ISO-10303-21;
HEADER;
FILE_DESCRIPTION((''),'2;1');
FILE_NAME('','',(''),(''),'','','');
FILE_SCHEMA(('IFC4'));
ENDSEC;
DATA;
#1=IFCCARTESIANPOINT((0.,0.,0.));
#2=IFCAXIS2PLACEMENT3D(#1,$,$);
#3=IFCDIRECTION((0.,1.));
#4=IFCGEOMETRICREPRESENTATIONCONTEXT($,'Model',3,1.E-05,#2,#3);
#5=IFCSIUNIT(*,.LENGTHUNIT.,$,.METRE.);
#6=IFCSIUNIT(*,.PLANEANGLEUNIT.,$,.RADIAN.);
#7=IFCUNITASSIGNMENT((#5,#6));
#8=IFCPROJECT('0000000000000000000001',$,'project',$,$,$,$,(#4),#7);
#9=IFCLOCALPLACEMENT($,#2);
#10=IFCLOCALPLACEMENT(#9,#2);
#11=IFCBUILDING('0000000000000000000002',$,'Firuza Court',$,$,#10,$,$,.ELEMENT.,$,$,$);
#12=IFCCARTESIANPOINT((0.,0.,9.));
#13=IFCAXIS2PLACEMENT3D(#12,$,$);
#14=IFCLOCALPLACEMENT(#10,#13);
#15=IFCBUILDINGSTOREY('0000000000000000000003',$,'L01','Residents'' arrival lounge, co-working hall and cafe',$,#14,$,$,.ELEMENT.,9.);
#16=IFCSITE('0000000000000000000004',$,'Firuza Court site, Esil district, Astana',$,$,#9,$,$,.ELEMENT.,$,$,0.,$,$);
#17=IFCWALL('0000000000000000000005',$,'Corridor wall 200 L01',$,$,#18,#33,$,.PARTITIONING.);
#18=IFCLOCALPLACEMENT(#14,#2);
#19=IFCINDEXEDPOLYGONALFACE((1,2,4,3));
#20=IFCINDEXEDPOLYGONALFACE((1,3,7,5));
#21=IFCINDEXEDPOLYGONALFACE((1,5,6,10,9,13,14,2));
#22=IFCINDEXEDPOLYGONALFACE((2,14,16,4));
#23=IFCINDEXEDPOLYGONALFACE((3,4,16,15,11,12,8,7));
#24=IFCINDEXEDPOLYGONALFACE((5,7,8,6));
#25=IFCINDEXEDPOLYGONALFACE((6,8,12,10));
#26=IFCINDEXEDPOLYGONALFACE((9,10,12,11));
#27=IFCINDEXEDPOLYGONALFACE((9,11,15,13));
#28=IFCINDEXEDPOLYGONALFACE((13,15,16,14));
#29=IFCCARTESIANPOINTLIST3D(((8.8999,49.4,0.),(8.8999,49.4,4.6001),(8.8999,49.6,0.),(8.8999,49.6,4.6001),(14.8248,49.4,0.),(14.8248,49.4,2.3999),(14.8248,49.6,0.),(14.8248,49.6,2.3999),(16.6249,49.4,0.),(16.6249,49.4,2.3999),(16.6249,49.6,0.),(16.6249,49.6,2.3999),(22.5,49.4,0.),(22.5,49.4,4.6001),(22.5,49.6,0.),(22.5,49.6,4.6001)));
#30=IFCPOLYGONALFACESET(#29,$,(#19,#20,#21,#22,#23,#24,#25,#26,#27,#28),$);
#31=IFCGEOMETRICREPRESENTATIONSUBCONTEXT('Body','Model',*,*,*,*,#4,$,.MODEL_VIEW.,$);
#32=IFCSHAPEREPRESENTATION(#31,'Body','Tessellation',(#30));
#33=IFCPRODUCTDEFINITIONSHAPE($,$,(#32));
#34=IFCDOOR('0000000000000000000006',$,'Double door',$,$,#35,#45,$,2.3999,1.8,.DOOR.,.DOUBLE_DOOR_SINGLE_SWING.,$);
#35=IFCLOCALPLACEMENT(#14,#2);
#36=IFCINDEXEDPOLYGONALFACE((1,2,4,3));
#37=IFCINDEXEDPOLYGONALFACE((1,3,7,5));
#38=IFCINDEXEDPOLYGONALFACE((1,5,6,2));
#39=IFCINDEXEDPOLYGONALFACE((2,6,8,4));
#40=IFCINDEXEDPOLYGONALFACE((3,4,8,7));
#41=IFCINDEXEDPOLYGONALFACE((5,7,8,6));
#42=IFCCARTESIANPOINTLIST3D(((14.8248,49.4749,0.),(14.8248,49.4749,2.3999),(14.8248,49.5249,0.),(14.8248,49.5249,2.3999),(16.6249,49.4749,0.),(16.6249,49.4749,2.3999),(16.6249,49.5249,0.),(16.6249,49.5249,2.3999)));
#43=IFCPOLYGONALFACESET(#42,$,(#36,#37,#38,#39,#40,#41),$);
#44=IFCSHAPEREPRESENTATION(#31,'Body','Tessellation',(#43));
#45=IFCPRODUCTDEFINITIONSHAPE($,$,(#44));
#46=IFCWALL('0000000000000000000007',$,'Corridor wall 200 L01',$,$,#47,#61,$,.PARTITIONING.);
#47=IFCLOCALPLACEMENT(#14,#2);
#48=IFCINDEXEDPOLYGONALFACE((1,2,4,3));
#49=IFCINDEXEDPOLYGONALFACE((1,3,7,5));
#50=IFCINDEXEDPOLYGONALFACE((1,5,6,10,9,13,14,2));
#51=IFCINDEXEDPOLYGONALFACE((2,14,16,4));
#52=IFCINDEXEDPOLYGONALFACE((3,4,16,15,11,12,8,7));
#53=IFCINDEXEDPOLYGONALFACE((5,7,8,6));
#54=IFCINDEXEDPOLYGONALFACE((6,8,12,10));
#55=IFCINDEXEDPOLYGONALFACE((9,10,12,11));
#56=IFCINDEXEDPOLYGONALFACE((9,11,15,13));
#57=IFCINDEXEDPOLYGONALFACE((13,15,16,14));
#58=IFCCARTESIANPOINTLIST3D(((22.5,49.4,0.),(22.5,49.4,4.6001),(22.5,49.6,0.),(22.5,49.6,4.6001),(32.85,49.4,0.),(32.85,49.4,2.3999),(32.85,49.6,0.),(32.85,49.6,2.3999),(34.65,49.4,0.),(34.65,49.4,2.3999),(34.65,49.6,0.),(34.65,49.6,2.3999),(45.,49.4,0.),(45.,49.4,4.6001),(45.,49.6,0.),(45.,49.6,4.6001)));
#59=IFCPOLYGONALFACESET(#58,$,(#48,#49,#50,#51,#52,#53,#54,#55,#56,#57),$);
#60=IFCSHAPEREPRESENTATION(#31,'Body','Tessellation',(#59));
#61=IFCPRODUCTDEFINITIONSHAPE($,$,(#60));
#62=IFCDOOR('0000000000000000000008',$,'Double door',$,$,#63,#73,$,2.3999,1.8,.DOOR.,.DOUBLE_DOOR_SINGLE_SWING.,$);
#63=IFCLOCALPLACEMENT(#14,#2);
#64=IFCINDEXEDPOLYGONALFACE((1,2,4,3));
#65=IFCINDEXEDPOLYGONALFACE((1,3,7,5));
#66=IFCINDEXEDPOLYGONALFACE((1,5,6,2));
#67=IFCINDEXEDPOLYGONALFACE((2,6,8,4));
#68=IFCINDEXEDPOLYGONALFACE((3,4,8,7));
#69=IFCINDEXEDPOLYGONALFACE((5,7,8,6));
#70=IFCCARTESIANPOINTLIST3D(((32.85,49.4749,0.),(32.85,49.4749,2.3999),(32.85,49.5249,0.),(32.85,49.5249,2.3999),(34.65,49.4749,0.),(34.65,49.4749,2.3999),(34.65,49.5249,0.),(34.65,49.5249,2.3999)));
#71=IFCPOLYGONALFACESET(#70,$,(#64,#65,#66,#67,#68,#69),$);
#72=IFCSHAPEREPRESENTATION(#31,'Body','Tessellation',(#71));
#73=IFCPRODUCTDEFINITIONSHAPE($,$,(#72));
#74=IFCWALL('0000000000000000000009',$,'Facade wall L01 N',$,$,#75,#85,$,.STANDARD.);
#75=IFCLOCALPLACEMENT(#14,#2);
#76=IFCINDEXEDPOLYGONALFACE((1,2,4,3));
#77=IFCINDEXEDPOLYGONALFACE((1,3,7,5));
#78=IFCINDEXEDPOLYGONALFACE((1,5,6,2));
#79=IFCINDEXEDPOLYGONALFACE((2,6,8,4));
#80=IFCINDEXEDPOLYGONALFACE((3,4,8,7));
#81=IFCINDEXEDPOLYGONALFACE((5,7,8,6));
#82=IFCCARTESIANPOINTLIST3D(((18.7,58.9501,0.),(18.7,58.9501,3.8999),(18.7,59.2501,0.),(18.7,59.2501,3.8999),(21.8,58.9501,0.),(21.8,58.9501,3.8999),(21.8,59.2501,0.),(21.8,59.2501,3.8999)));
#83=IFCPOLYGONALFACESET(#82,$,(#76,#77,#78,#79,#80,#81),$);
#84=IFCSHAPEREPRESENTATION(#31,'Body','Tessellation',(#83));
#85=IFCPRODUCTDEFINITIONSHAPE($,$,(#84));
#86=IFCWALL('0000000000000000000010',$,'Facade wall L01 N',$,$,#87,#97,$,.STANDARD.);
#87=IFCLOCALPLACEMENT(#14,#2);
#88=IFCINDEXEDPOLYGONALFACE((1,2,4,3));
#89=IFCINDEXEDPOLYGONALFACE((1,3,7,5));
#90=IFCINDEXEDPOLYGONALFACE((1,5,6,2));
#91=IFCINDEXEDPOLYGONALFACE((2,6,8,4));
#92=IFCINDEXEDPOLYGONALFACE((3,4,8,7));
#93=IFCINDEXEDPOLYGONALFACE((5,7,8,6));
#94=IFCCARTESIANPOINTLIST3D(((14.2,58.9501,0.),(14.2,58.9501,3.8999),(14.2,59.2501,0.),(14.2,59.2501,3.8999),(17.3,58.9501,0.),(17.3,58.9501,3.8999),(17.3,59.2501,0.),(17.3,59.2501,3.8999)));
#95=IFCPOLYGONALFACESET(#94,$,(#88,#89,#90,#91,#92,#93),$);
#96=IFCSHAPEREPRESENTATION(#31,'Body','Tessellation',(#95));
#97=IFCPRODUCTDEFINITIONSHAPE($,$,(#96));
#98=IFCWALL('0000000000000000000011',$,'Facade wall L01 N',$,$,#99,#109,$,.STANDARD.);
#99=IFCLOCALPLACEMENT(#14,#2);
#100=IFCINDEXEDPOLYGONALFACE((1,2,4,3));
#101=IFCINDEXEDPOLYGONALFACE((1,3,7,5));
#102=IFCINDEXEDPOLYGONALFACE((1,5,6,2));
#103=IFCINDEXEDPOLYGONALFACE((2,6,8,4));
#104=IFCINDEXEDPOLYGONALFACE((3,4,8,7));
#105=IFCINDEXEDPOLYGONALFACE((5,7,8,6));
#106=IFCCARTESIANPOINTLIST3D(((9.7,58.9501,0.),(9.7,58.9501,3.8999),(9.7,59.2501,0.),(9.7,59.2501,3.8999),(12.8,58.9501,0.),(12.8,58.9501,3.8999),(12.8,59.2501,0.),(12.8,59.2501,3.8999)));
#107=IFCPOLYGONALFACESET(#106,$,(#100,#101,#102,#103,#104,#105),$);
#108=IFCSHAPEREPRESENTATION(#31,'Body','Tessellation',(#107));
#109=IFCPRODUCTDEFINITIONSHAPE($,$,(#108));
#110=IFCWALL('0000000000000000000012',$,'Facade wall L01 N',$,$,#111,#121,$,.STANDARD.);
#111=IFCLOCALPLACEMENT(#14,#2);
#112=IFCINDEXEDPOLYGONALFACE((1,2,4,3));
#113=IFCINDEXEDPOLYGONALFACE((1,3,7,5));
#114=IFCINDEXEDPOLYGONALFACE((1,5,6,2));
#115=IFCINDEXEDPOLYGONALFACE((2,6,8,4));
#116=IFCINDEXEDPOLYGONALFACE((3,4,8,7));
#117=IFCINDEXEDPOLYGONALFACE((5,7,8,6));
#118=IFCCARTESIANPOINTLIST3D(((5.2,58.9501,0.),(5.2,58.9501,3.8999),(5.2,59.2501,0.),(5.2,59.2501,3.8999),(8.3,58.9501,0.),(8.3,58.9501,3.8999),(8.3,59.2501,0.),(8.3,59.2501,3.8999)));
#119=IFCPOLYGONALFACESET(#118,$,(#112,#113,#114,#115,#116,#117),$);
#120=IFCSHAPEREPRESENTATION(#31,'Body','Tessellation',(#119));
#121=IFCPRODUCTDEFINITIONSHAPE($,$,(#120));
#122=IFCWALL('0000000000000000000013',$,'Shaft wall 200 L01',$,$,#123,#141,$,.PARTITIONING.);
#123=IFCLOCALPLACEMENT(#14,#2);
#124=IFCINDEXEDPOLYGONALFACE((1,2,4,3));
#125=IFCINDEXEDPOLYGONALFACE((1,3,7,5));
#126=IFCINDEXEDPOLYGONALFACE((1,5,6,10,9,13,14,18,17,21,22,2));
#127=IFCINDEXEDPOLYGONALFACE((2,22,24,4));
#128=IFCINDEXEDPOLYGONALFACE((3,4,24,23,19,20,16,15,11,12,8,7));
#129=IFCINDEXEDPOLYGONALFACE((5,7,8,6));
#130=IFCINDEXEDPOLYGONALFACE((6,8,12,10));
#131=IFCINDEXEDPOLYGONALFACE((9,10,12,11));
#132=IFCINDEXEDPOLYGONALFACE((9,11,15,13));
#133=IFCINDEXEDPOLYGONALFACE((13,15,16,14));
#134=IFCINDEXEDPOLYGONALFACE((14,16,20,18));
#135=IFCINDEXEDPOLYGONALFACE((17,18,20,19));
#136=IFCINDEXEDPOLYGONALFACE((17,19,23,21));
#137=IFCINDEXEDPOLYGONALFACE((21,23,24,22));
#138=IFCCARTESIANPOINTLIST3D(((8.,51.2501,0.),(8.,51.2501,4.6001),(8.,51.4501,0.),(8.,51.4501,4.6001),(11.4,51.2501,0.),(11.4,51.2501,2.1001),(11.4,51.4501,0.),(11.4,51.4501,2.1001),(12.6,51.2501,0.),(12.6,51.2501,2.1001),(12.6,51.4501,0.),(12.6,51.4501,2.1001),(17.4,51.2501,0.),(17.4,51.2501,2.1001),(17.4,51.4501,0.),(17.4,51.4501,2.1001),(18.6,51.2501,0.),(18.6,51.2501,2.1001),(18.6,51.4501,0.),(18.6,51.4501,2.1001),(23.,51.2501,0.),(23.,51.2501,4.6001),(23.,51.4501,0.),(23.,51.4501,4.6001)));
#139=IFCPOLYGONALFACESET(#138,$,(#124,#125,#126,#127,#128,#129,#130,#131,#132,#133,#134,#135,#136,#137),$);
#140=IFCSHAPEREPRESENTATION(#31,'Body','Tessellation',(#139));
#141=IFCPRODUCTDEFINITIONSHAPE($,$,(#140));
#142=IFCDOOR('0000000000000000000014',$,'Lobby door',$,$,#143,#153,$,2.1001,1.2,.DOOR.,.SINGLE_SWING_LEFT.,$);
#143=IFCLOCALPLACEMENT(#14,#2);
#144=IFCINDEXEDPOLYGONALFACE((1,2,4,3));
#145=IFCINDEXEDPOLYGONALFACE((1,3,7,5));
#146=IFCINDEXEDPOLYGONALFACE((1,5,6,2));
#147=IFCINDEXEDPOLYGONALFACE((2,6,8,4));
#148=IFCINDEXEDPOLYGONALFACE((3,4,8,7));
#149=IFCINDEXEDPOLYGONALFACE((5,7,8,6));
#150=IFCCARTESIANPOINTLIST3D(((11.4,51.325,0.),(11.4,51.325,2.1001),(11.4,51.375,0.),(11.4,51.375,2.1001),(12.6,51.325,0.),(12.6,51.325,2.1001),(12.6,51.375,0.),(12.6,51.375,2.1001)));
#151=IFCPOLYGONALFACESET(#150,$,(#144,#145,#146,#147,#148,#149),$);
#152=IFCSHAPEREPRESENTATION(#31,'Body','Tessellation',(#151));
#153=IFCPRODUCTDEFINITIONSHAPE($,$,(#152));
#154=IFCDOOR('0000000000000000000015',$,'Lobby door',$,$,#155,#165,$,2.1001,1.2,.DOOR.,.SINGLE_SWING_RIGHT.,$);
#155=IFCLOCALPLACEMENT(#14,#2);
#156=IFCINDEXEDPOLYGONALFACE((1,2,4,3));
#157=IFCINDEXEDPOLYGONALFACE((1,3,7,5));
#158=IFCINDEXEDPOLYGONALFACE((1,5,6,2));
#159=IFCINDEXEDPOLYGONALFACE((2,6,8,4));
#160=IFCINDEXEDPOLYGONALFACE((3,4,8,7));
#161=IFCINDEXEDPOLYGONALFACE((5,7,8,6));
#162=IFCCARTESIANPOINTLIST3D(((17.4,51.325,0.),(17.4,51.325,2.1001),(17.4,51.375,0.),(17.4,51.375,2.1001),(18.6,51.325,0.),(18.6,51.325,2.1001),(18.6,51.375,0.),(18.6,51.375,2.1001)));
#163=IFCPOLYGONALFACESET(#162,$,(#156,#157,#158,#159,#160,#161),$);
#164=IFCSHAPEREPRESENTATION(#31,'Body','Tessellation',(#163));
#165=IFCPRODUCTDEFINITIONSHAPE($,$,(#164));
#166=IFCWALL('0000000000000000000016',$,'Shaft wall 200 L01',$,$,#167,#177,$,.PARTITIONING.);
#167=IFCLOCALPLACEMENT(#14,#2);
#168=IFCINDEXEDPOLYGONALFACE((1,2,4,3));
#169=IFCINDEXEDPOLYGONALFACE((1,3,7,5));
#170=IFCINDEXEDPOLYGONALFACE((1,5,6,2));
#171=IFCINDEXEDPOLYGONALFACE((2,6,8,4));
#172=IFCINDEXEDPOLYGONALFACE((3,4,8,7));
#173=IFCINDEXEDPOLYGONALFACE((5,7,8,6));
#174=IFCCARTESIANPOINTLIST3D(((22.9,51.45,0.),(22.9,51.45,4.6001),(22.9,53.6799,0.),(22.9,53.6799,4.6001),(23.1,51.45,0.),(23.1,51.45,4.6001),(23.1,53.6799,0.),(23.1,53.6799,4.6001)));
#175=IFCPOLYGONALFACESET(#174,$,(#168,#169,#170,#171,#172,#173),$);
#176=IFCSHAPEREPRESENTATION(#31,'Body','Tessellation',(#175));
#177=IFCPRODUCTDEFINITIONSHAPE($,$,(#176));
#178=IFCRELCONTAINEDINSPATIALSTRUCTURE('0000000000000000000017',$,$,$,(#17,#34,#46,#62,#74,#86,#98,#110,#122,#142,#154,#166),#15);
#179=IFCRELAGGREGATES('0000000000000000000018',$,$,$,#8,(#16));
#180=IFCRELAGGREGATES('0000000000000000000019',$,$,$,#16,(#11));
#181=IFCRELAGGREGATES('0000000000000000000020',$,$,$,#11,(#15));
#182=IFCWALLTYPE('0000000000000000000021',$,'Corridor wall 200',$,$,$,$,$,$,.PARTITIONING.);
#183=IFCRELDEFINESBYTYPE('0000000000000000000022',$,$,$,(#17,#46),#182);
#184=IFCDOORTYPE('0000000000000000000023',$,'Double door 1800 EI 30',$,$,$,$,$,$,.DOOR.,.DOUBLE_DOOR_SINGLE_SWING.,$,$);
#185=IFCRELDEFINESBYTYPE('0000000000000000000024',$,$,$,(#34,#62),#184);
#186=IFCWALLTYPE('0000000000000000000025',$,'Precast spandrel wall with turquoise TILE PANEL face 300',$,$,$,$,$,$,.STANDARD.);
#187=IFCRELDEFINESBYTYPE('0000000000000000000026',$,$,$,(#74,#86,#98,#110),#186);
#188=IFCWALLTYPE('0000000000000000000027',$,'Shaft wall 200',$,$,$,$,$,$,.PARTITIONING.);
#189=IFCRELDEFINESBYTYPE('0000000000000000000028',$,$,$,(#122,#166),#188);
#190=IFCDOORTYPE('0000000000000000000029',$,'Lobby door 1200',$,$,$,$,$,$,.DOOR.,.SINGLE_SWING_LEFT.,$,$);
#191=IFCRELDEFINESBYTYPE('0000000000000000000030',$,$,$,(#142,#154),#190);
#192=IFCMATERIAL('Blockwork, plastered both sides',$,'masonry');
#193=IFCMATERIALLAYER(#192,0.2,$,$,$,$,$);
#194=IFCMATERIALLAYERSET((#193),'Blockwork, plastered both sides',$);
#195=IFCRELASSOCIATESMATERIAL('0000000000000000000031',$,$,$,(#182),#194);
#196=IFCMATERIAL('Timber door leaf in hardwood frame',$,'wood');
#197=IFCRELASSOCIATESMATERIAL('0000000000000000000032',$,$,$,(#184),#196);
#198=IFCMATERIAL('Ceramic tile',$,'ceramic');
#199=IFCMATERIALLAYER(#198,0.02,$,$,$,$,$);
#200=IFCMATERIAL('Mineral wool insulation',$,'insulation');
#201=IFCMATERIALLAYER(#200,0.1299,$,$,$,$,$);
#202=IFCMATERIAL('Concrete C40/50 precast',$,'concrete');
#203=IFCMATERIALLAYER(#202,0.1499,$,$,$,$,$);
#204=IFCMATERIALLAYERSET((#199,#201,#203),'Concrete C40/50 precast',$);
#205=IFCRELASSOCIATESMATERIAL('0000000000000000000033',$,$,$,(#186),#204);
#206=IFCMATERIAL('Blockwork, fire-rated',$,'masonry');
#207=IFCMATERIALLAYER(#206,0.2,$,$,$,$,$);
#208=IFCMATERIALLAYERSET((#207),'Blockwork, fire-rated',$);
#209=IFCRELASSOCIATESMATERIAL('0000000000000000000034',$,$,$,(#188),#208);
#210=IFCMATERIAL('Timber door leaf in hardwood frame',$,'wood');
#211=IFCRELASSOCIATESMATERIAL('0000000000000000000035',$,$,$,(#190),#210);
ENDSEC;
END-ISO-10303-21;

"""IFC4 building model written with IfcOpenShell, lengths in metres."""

from ifc_helpers import new_model, si_unit, direction, frame, frame_2d, origin, place, context, subcontext, project, spatial, rectangle, extrude, material, layer, layer_set, type_object, element, fill, save


model = new_model("IFC4")

# Units and contexts
model_context = context("Model", 3, precision=1e-05, world=origin(), true_north=direction((0.0, 1.0)))
body_context = subcontext(model_context, "Body", "Model", "MODEL_VIEW")
ifc_project = project(units=[si_unit("LENGTHUNIT", "METRE"), si_unit("PLANEANGLEUNIT", "RADIAN")], contexts=[model_context])

# Site, building, storey
site_placement = place(None, origin())
site = spatial("IfcSite", under=ifc_project, at=site_placement, Name="Firuza Court site, Esil district, Astana", CompositionType="ELEMENT", RefElevation=0.0)
building_placement = place(site_placement, origin())
building = spatial("IfcBuilding", under=site, at=building_placement, Name="Firuza Court", CompositionType="ELEMENT")
storey_placement = place(building_placement, frame((0.0, 0.0, 9.0)))
storey = spatial("IfcBuildingStorey", under=building, at=storey_placement, Name="L01", Description="Residents' arrival lounge, co-working hall and cafe", CompositionType="ELEMENT", Elevation=9.0)

# Walls, openings, doors
ifc_material_1 = material(Name="Blockwork, plastered both sides", Category="masonry")
ifc_layer_1 = layer(ifc_material_1, 0.2)
ifc_layer_set_1 = layer_set([ifc_layer_1], Name="Blockwork, plastered both sides")
wall_type_1 = type_object("IfcWallType", Name="Corridor wall 200", PredefinedType="PARTITIONING", material=ifc_layer_set_1)
wall_1_placement = place(storey_placement, frame((8.8999, 49.5, 0.0), z_axis=(0.0, 0.0, 1.0), x_axis=(1.0, 0.0, 0.0)))
wall_1 = element("IfcWall", 1, at=wall_1_placement, inside=storey, type_object=wall_type_1, Name="Corridor wall 200 L01", PredefinedType="PARTITIONING", context=body_context, shape_type="SweptSolid", body=[
    extrude(rectangle(XDim=13.6001, YDim=0.2, at=frame_2d((6.8, 0.0))), origin(), (0.0, 0.0, 1.0), 4.6001),
])
opening_1_placement = place(wall_1_placement, frame((5.925, 0.0, 0.0)))
opening_1 = element("IfcOpeningElement", 2, at=opening_1_placement, cuts=wall_1, PredefinedType="OPENING", context=body_context, shape_type="SweptSolid", body=[
    extrude(rectangle(XDim=1.8, YDim=2.3999, at=frame_2d((0.8999, 1.2))), frame((0.0, 0.1118, 0.0), z_axis=(0.0, -1.0, 0.0), x_axis=(1.0, 0.0, 0.0)), (0.0, 0.0, 1.0), 0.2239),
])
ifc_material_2 = material(Name="Timber door leaf in hardwood frame", Category="wood")
door_type_1 = type_object("IfcDoorType", Name="Double door 1800 EI 30", OperationType="DOUBLE_DOOR_SINGLE_SWING", PredefinedType="DOOR", material=ifc_material_2)
door_1_placement = place(opening_1_placement, origin())
door_1 = element("IfcDoor", 3, at=door_1_placement, inside=storey, type_object=door_type_1, Name="Double door", OperationType="DOUBLE_DOOR_SINGLE_SWING", OverallHeight=2.3999, OverallWidth=1.8, PredefinedType="DOOR", context=body_context, shape_type="SweptSolid", body=[
    extrude(rectangle(XDim=1.8, YDim=2.3999, at=frame_2d((0.8999, 1.2))), frame((0.0, 0.0249, 0.0), z_axis=(0.0, -1.0, 0.0), x_axis=(1.0, 0.0, 0.0)), (0.0, 0.0, 1.0), 0.05),
])
fill(opening_1, door_1)
wall_2_placement = place(storey_placement, frame((22.5, 49.5, 0.0), z_axis=(0.0, 0.0, 1.0), x_axis=(1.0, 0.0, 0.0)))
wall_2 = element("IfcWall", 4, at=wall_2_placement, inside=storey, type_object=wall_type_1, Name="Corridor wall 200 L01", PredefinedType="PARTITIONING", context=body_context, shape_type="SweptSolid", body=[
    extrude(rectangle(XDim=22.5, YDim=0.2, at=frame_2d((11.25, 0.0))), origin(), (0.0, 0.0, 1.0), 4.6001),
])
opening_2_placement = place(wall_2_placement, frame((10.3501, 0.0, 0.0)))
opening_2 = element("IfcOpeningElement", 5, at=opening_2_placement, cuts=wall_2, PredefinedType="OPENING", context=body_context, shape_type="SweptSolid", body=[
    extrude(rectangle(XDim=1.8, YDim=2.3999, at=frame_2d((0.8999, 1.2))), frame((0.0, 0.1118, 0.0), z_axis=(0.0, -1.0, 0.0), x_axis=(1.0, 0.0, 0.0)), (0.0, 0.0, 1.0), 0.2239),
])
door_2_placement = place(opening_2_placement, origin())
door_2 = element("IfcDoor", 6, at=door_2_placement, inside=storey, type_object=door_type_1, Name="Double door", OperationType="DOUBLE_DOOR_SINGLE_SWING", OverallHeight=2.3999, OverallWidth=1.8, PredefinedType="DOOR", context=body_context, shape_type="SweptSolid", body=[
    extrude(rectangle(XDim=1.8, YDim=2.3999, at=frame_2d((0.8999, 1.2))), frame((0.0, 0.0249, 0.0), z_axis=(0.0, -1.0, 0.0), x_axis=(1.0, 0.0, 0.0)), (0.0, 0.0, 1.0), 0.05),
])
fill(opening_2, door_2)

# Walls
ifc_material_3 = material(Name="Ceramic tile", Category="ceramic")
ifc_layer_2 = layer(ifc_material_3, 0.02)
ifc_material_4 = material(Name="Mineral wool insulation", Category="insulation")
ifc_layer_3 = layer(ifc_material_4, 0.1299)
ifc_material_5 = material(Name="Concrete C40/50 precast", Category="concrete")
ifc_layer_4 = layer(ifc_material_5, 0.1499)
ifc_layer_set_2 = layer_set([ifc_layer_2, ifc_layer_3, ifc_layer_4], Name="Concrete C40/50 precast")
wall_type_2 = type_object("IfcWallType", Name="Precast spandrel wall with turquoise TILE PANEL face 300", PredefinedType="STANDARD", material=ifc_layer_set_2)
for number, where, z_axis, x_axis, name in (
    (7, (21.8, 59.1001, 0.0), (0.0, 0.0, 1.0), (-1.0, 0.0, 0.0), "Facade wall L01 N"),
    (8, (17.3, 59.1001, 0.0), (0.0, 0.0, 1.0), (-1.0, 0.0, 0.0), "Facade wall L01 N"),
    (9, (12.8, 59.1001, 0.0), (0.0, 0.0, 1.0), (-1.0, 0.0, 0.0), "Facade wall L01 N"),
    (10, (8.3, 59.1001, 0.0), (0.0, 0.0, 1.0), (-1.0, 0.0, 0.0), "Facade wall L01 N"),
):
    element("IfcWall", number, at=place(storey_placement, frame(where, z_axis=z_axis, x_axis=x_axis)), inside=storey, type_object=wall_type_2, Name=name, PredefinedType="STANDARD", context=body_context, shape_type="SweptSolid", body=[
        extrude(rectangle(XDim=3.1001, YDim=0.3, at=frame_2d((1.55, 0.0))), origin(), (0.0, 0.0, 1.0), 3.8999),
    ])

# Wall, openings, doors
ifc_material_6 = material(Name="Blockwork, fire-rated", Category="masonry")
ifc_layer_5 = layer(ifc_material_6, 0.2)
ifc_layer_set_3 = layer_set([ifc_layer_5], Name="Blockwork, fire-rated")
wall_type_3 = type_object("IfcWallType", Name="Shaft wall 200", PredefinedType="PARTITIONING", material=ifc_layer_set_3)
wall_3_placement = place(storey_placement, frame((8.0, 51.3501, 0.0), z_axis=(0.0, 0.0, 1.0), x_axis=(1.0, 0.0, 0.0)))
wall_3 = element("IfcWall", 11, at=wall_3_placement, inside=storey, type_object=wall_type_3, Name="Shaft wall 200 L01", PredefinedType="PARTITIONING", context=body_context, shape_type="SweptSolid", body=[
    extrude(rectangle(XDim=15.0, YDim=0.2, at=frame_2d((7.5, 0.0))), origin(), (0.0, 0.0, 1.0), 4.6001),
])
opening_3_placement = place(wall_3_placement, frame((3.3999, 0.0, 0.0)))
opening_3 = element("IfcOpeningElement", 12, at=opening_3_placement, cuts=wall_3, PredefinedType="OPENING", context=body_context, shape_type="SweptSolid", body=[
    extrude(rectangle(XDim=1.2, YDim=2.1001, at=frame_2d((0.6001, 1.05))), frame((0.0, 0.1118, 0.0), z_axis=(0.0, -1.0, 0.0), x_axis=(1.0, 0.0, 0.0)), (0.0, 0.0, 1.0), 0.2239),
])
opening_4_placement = place(wall_3_placement, frame((9.3999, 0.0, 0.0)))
opening_4 = element("IfcOpeningElement", 13, at=opening_4_placement, cuts=wall_3, PredefinedType="OPENING", context=body_context, shape_type="SweptSolid", body=[
    extrude(rectangle(XDim=1.2, YDim=2.1001, at=frame_2d((0.6001, 1.05))), frame((0.0, 0.1118, 0.0), z_axis=(0.0, -1.0, 0.0), x_axis=(1.0, 0.0, 0.0)), (0.0, 0.0, 1.0), 0.2239),
])
ifc_material_7 = material(Name="Timber door leaf in hardwood frame", Category="wood")
door_type_2 = type_object("IfcDoorType", Name="Lobby door 1200", OperationType="SINGLE_SWING_LEFT", PredefinedType="DOOR", material=ifc_material_7)
door_3_placement = place(opening_3_placement, origin())
door_3 = element("IfcDoor", 14, at=door_3_placement, inside=storey, type_object=door_type_2, Name="Lobby door", OperationType="SINGLE_SWING_LEFT", OverallHeight=2.1001, OverallWidth=1.2, PredefinedType="DOOR", context=body_context, shape_type="SweptSolid", body=[
    extrude(rectangle(XDim=1.2, YDim=2.1001, at=frame_2d((0.6001, 1.05))), frame((0.0, 0.0249, 0.0), z_axis=(0.0, -1.0, 0.0), x_axis=(1.0, 0.0, 0.0)), (0.0, 0.0, 1.0), 0.05),
])
fill(opening_3, door_3)
door_4_placement = place(opening_4_placement, origin())
door_4 = element("IfcDoor", 15, at=door_4_placement, inside=storey, type_object=door_type_2, Name="Lobby door", OperationType="SINGLE_SWING_RIGHT", OverallHeight=2.1001, OverallWidth=1.2, PredefinedType="DOOR", context=body_context, shape_type="SweptSolid", body=[
    extrude(rectangle(XDim=1.2, YDim=2.1001, at=frame_2d((0.6001, 1.05))), frame((0.0, 0.0249, 0.0), z_axis=(0.0, -1.0, 0.0), x_axis=(1.0, 0.0, 0.0)), (0.0, 0.0, 1.0), 0.05),
])
fill(opening_4, door_4)

# Wall
for number, where, z_axis, x_axis, name in (
    (16, (23.0, 51.45, 0.0), (0.0, 0.0, 1.0), (0.0, 1.0, 0.0), "Shaft wall 200 L01"),
):
    element("IfcWall", number, at=place(storey_placement, frame(where, z_axis=z_axis, x_axis=x_axis)), inside=storey, type_object=wall_type_3, Name=name, PredefinedType="PARTITIONING", context=body_context, shape_type="SweptSolid", body=[
        extrude(rectangle(XDim=2.23, YDim=0.2, at=frame_2d((1.115, 0.0))), origin(), (0.0, 0.0, 1.0), 4.6001),
    ])

save(model, "model.ifc")
